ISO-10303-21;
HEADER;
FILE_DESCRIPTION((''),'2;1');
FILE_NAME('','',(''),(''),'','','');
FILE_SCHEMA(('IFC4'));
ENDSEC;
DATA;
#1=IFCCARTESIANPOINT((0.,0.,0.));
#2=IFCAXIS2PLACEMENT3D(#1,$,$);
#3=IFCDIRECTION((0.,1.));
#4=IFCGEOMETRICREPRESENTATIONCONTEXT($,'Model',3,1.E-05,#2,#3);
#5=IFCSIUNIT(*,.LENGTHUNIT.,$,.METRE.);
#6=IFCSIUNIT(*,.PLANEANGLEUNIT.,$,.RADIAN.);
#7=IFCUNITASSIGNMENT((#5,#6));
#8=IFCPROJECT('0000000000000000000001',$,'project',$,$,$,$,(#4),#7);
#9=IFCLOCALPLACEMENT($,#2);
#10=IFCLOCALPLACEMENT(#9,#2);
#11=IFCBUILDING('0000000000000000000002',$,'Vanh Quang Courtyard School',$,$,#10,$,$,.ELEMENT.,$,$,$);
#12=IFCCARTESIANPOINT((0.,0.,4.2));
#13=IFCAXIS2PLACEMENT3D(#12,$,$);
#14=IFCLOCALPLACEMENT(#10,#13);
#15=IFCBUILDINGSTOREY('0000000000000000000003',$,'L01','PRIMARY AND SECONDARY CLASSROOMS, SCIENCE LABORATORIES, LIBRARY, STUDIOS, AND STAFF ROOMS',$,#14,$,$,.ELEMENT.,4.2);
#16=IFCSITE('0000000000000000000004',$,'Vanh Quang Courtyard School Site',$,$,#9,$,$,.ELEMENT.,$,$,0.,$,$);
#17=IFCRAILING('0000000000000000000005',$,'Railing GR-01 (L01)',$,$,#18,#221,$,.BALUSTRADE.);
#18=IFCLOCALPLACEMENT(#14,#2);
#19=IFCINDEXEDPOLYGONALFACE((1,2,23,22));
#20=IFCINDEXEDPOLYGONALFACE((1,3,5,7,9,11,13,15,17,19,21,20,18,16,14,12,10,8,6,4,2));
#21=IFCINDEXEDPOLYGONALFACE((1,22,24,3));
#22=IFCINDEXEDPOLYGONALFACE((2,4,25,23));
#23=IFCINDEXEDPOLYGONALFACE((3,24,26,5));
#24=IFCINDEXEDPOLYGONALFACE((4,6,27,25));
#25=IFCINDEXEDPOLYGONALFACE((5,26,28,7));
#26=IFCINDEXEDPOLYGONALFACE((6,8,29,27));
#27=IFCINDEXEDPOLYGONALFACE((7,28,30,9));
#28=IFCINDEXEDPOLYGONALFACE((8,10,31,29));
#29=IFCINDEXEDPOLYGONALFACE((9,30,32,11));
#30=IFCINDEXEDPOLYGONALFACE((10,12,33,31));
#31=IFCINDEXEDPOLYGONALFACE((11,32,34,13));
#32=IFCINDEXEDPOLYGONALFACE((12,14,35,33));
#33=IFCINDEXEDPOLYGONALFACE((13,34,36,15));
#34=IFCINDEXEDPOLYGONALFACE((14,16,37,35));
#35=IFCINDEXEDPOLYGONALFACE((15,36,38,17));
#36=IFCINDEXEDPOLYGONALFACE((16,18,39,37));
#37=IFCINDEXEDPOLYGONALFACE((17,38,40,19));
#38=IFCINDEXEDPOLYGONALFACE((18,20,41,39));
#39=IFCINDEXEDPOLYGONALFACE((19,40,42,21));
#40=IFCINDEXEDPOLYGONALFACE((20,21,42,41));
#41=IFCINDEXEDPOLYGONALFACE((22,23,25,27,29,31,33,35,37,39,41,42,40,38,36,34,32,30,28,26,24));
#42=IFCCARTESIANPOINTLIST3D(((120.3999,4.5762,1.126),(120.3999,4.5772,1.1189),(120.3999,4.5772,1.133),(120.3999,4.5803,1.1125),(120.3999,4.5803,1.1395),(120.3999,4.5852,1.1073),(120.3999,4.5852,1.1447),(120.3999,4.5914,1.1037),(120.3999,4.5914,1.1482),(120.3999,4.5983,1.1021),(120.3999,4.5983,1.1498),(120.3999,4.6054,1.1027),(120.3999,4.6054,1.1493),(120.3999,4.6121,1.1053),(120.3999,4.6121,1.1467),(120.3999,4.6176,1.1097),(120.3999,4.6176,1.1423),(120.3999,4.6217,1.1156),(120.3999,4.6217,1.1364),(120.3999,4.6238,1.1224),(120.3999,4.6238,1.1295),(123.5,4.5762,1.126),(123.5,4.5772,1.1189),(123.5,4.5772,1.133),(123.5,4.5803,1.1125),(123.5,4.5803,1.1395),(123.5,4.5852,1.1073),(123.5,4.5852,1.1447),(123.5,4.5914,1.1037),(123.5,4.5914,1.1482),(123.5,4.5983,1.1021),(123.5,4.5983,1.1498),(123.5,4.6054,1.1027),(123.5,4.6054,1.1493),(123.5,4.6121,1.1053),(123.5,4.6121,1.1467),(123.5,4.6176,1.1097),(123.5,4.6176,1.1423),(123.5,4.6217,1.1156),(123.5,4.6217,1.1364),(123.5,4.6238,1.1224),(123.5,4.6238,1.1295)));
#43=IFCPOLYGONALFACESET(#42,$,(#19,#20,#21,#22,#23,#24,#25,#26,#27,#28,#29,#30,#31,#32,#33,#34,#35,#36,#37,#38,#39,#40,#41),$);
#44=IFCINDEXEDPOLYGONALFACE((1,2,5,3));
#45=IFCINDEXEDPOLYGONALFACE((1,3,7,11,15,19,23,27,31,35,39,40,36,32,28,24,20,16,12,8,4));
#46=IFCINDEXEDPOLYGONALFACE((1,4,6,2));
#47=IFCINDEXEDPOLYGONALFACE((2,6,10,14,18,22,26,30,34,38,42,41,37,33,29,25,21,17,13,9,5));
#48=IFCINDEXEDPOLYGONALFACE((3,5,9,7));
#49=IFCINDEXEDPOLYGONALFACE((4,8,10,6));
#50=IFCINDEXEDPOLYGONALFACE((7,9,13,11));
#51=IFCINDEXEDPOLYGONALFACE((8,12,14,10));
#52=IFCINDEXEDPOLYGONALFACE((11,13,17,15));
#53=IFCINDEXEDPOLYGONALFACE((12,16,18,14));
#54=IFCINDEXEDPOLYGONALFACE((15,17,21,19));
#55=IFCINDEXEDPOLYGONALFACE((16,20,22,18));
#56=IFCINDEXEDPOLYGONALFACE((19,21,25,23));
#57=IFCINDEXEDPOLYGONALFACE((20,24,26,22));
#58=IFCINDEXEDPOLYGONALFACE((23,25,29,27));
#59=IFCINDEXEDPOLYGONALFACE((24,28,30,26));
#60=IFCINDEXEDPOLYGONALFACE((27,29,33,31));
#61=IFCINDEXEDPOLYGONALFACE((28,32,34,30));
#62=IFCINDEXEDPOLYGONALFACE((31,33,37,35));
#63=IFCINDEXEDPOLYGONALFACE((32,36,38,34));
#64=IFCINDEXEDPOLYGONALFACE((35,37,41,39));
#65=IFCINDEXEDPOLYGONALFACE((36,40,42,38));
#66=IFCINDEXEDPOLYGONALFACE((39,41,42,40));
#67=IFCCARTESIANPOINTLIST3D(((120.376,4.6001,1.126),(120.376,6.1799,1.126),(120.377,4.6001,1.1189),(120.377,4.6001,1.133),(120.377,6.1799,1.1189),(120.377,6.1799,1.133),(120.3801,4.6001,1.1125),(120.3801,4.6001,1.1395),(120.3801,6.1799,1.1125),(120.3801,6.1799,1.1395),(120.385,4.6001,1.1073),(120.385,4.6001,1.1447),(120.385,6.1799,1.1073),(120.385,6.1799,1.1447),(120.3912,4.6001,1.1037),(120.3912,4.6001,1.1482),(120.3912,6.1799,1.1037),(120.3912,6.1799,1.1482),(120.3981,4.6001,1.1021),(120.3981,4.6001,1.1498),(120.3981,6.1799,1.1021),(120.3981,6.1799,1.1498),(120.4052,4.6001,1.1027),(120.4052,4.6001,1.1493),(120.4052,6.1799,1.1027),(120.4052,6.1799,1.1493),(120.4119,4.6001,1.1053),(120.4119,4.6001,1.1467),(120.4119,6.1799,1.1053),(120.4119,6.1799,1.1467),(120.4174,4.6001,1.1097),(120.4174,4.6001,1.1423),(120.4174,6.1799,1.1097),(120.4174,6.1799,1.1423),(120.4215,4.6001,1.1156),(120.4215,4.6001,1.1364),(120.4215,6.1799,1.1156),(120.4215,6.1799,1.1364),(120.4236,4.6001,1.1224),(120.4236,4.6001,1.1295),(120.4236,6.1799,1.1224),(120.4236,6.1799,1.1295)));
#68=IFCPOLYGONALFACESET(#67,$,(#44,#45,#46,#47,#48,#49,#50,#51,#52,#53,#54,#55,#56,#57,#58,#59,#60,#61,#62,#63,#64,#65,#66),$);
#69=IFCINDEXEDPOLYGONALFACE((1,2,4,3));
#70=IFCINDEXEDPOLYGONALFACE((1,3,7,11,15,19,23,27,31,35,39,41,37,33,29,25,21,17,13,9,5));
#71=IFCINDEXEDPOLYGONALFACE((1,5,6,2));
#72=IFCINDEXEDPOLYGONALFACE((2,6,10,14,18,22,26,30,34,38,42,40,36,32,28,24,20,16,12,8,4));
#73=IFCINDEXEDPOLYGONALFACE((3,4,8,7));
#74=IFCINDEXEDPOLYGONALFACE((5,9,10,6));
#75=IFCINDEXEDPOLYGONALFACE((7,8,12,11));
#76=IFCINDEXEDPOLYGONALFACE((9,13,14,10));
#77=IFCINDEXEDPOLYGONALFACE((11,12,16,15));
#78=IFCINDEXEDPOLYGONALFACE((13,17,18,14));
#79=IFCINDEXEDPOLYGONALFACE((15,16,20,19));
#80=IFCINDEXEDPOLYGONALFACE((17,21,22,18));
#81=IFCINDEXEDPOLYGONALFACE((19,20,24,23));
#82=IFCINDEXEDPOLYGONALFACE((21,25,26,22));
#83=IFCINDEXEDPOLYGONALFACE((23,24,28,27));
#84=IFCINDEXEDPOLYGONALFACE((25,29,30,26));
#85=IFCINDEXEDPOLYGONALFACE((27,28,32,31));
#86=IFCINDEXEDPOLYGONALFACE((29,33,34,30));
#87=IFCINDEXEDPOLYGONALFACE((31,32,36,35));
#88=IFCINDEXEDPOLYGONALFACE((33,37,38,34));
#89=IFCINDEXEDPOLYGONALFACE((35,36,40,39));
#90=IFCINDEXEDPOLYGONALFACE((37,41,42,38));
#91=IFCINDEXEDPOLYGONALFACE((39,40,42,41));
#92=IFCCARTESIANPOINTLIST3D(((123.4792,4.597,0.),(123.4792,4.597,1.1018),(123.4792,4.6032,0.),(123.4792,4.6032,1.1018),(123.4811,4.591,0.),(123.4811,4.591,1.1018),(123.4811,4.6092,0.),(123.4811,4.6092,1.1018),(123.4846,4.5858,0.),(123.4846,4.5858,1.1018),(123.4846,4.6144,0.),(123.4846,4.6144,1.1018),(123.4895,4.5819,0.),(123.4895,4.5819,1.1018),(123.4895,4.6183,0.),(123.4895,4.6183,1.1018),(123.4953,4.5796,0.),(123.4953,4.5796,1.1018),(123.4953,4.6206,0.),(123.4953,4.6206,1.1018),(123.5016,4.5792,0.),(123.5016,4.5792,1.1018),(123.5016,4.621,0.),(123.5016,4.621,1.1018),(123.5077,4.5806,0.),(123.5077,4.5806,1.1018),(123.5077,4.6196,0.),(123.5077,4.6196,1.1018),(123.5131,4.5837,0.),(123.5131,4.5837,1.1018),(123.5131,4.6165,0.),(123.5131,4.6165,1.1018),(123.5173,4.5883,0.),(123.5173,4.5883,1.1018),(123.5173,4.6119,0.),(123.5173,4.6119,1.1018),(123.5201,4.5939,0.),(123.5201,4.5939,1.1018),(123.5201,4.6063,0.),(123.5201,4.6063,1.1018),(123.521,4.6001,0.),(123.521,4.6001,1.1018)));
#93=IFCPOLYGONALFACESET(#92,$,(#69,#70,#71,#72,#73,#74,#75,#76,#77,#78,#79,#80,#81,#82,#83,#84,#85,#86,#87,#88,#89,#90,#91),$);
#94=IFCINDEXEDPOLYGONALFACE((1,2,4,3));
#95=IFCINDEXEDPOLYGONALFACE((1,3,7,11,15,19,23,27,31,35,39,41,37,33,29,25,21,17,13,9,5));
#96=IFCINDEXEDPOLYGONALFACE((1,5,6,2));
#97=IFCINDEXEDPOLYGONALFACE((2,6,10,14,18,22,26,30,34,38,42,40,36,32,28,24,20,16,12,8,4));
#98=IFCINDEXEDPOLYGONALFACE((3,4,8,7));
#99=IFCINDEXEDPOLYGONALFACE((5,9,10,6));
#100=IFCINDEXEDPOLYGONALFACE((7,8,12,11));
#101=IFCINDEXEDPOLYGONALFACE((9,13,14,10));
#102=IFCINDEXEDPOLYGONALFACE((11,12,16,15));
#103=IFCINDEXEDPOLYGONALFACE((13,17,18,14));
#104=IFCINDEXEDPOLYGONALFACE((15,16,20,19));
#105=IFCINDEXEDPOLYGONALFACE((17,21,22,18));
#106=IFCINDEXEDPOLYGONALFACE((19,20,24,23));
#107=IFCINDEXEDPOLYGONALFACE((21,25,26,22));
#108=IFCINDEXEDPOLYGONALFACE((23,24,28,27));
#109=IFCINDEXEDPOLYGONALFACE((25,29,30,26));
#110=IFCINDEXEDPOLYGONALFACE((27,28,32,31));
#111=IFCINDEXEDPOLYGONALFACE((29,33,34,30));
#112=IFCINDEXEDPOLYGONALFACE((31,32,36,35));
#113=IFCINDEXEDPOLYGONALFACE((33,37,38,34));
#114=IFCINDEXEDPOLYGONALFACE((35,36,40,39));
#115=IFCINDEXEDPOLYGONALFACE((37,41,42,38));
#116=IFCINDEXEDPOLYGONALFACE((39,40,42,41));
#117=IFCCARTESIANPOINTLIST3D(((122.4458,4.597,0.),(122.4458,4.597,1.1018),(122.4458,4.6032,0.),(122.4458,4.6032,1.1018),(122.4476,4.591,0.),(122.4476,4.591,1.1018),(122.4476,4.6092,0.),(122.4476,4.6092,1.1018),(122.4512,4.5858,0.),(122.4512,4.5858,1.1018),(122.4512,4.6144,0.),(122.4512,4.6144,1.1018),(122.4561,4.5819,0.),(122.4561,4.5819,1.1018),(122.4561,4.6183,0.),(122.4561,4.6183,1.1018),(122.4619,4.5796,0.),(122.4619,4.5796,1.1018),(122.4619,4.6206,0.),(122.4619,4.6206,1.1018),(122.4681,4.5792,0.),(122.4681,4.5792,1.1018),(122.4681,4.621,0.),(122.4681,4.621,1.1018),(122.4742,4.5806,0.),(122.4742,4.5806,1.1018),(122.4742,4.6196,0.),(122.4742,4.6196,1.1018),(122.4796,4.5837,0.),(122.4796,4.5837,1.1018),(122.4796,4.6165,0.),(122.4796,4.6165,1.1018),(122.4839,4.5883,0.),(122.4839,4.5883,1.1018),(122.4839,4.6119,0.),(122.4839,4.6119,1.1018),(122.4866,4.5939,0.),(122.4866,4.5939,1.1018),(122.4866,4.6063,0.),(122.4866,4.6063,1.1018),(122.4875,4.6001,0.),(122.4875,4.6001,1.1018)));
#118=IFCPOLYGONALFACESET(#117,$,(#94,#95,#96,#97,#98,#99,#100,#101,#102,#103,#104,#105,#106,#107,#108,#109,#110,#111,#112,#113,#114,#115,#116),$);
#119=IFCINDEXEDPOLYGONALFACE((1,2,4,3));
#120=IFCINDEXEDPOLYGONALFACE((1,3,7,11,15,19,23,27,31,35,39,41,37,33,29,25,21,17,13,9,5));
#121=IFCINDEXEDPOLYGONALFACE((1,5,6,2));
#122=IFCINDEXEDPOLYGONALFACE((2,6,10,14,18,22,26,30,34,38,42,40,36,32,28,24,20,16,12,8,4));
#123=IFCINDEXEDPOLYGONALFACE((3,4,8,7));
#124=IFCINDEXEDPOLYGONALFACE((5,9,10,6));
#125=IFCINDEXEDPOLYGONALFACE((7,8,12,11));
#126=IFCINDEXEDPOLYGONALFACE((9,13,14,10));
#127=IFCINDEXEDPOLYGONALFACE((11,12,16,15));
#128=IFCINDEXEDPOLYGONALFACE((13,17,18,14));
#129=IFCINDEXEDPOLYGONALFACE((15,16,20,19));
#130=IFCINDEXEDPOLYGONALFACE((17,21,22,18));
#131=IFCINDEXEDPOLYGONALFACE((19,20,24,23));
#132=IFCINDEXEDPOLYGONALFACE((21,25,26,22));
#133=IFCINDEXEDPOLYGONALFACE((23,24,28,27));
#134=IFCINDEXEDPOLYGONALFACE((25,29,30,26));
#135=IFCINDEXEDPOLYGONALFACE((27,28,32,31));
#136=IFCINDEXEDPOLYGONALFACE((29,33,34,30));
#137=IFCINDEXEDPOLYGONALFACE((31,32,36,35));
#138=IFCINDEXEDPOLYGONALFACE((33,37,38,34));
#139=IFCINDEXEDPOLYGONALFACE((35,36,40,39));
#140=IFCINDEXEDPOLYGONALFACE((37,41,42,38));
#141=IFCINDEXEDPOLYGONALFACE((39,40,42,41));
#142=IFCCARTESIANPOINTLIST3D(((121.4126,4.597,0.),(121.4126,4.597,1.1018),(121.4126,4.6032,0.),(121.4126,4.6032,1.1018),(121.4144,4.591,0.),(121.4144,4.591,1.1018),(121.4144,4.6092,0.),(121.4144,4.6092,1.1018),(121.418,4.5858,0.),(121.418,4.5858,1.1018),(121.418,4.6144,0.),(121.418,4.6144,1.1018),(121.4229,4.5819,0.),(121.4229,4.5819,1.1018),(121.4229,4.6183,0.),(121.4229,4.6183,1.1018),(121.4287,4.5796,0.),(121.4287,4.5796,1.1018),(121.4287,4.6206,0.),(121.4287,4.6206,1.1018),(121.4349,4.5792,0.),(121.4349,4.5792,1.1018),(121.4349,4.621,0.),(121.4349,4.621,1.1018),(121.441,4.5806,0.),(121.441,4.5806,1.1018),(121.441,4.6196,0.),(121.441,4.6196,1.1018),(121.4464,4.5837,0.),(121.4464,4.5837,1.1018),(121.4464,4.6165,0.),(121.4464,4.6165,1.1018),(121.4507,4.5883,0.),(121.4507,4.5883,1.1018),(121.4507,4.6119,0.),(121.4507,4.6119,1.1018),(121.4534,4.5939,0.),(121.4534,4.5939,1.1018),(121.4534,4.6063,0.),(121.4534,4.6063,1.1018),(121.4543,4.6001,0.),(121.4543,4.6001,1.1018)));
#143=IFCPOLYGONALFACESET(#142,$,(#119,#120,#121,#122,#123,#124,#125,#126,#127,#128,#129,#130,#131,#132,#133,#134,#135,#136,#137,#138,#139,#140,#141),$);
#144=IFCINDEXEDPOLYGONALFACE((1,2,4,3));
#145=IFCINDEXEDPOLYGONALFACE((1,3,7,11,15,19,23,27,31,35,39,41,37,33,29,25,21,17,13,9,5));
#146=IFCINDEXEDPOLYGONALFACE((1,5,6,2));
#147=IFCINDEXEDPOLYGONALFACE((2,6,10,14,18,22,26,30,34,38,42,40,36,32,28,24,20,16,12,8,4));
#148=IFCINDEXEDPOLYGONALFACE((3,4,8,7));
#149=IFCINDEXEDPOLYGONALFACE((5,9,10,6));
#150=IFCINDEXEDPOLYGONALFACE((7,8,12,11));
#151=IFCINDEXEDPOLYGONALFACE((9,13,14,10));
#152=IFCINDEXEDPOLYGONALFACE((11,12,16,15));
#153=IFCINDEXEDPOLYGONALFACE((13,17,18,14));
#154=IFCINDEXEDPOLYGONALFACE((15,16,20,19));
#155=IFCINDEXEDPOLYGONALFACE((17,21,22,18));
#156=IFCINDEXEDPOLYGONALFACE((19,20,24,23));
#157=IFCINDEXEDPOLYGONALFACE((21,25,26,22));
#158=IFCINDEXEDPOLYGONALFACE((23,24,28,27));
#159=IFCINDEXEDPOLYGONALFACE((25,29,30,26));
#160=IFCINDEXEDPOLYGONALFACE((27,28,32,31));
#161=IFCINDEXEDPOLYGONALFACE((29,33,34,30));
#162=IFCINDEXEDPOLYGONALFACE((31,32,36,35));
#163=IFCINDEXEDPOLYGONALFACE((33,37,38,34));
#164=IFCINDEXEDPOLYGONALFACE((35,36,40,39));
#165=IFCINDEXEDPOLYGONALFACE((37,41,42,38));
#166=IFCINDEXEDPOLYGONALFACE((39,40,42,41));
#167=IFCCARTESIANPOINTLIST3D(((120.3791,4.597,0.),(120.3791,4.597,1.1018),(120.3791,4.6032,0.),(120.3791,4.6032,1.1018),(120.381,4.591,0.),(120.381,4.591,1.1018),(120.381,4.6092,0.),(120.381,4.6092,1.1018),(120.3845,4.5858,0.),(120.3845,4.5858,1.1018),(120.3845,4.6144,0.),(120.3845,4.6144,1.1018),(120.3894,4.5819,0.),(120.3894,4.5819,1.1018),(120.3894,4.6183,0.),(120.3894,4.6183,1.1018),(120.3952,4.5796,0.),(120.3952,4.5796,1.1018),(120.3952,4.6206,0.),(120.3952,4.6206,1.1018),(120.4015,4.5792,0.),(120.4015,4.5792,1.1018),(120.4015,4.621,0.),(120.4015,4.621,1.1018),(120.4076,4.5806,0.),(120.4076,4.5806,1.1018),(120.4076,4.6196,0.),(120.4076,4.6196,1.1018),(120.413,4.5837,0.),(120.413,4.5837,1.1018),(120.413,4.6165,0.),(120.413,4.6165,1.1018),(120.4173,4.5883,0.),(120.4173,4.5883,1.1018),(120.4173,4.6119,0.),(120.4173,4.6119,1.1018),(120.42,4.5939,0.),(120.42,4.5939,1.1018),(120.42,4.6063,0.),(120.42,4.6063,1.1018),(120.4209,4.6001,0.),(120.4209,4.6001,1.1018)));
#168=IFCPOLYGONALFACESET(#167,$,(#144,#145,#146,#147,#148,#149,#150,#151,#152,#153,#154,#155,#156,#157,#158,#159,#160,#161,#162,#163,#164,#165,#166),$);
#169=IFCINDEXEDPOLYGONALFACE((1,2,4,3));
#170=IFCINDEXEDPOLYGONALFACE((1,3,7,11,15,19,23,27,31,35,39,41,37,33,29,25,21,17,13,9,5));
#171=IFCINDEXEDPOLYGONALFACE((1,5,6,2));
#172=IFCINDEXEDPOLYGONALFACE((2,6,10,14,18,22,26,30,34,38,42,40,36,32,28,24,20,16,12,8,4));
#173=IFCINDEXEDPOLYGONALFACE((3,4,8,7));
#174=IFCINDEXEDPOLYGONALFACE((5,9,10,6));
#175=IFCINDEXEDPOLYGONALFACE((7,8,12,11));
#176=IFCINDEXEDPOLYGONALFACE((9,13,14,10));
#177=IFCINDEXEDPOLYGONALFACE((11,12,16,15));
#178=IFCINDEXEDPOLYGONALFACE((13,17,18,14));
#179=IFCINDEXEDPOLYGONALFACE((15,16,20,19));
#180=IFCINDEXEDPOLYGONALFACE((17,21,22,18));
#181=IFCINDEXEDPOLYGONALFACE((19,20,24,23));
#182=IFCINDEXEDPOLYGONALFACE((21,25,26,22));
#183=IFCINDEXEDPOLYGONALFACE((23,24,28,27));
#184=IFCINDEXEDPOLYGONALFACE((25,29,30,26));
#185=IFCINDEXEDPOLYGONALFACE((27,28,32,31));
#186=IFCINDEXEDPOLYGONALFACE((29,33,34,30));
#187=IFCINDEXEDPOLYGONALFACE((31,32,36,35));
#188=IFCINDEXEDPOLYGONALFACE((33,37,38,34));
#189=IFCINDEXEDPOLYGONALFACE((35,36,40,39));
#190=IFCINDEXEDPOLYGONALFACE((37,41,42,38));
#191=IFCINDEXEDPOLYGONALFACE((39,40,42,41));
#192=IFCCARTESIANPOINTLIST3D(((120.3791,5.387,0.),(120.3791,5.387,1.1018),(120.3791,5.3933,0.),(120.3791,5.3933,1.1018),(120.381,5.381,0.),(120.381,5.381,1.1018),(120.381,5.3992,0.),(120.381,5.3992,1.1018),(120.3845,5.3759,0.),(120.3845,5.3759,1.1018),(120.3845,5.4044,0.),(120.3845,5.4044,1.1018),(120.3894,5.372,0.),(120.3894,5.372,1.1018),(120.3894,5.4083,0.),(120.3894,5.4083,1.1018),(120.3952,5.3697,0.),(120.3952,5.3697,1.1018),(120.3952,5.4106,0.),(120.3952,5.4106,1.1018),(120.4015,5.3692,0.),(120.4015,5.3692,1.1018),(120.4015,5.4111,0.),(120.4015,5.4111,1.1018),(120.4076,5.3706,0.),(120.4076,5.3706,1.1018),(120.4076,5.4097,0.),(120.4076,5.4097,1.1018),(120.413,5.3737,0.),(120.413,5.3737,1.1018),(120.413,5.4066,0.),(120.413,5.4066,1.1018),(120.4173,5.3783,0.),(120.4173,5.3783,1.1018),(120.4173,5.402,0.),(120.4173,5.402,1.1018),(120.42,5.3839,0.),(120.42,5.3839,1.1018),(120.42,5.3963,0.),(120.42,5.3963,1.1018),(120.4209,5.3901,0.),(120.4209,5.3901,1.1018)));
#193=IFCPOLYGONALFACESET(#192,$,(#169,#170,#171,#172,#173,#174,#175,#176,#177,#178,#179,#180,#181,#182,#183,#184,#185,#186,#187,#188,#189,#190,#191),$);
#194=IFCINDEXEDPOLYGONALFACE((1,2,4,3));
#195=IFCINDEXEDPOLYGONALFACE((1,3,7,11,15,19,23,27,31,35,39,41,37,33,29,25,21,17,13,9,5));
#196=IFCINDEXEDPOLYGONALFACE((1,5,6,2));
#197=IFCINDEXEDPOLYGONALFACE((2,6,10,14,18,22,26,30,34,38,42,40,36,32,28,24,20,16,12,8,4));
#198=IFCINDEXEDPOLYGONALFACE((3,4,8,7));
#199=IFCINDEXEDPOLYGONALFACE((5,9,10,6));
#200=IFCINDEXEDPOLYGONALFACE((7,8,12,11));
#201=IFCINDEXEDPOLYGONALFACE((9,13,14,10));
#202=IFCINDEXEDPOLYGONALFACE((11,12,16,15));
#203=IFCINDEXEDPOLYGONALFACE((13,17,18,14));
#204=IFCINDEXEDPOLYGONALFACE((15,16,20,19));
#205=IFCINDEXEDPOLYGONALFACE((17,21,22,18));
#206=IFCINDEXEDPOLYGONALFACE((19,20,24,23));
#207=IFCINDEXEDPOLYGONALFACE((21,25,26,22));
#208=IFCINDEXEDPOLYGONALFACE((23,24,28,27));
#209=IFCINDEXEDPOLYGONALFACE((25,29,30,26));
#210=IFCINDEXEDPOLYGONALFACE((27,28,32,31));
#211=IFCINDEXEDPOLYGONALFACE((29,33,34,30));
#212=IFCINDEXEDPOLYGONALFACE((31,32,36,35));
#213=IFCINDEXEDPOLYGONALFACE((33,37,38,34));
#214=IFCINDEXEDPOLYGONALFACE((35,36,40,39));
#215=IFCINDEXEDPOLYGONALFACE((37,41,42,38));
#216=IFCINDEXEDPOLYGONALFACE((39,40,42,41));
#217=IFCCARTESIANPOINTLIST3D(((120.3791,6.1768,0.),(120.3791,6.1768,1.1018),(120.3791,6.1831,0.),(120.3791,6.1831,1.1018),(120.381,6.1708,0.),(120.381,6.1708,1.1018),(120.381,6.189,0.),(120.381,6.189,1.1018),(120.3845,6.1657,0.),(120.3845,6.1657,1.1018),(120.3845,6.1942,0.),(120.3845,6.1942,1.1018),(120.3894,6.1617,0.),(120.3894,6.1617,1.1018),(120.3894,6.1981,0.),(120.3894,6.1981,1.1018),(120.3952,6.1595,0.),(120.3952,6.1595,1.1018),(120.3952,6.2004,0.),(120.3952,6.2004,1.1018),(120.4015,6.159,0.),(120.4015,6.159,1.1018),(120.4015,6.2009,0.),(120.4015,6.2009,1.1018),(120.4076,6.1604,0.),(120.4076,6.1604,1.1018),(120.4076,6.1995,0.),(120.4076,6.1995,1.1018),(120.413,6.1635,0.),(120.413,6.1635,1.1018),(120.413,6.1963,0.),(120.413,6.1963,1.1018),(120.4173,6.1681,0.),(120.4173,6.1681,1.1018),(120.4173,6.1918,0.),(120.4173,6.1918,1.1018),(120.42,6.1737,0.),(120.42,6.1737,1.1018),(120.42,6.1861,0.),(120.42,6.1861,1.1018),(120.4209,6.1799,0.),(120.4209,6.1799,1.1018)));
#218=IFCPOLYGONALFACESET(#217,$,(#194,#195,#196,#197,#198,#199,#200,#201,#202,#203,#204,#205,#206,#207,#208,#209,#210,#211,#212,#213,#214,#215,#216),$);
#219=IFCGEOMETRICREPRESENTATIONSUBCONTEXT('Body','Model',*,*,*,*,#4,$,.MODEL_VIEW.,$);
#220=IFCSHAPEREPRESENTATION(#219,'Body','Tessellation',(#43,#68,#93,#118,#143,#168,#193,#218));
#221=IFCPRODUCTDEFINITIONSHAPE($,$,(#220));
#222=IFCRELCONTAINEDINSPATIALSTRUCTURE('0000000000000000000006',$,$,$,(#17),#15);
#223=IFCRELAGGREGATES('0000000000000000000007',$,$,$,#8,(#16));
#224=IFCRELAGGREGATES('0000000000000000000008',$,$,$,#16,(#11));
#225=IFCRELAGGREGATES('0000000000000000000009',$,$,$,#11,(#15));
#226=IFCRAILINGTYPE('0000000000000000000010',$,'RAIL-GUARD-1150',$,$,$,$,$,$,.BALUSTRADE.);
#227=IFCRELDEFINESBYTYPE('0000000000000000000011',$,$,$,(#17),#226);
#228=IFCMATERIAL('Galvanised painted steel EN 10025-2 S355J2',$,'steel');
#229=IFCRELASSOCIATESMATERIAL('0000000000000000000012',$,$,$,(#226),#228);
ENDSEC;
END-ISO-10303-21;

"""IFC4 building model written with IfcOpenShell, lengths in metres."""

from ifc_helpers import new_model, si_unit, direction, frame, origin, origin_2d, place, context, subcontext, project, spatial, circle, extrude, material, type_object, element, save


model = new_model("IFC4")

# Units and contexts
model_context = context("Model", 3, precision=1e-05, world=origin(), true_north=direction((0.0, 1.0)))
body_context = subcontext(model_context, "Body", "Model", "MODEL_VIEW")
ifc_project = project(units=[si_unit("LENGTHUNIT", "METRE"), si_unit("PLANEANGLEUNIT", "RADIAN")], contexts=[model_context])

# Site, building, storey
site_placement = place(None, origin())
site = spatial("IfcSite", under=ifc_project, at=site_placement, Name="Vanh Quang Courtyard School Site", CompositionType="ELEMENT", RefElevation=0.0)
building_placement = place(site_placement, origin())
building = spatial("IfcBuilding", under=site, at=building_placement, Name="Vanh Quang Courtyard School", CompositionType="ELEMENT")
storey_placement = place(building_placement, frame((0.0, 0.0, 4.2)))
storey = spatial("IfcBuildingStorey", under=building, at=storey_placement, Name="L01", Description="PRIMARY AND SECONDARY CLASSROOMS, SCIENCE LABORATORIES, LIBRARY, STUDIOS, AND STAFF ROOMS", CompositionType="ELEMENT", Elevation=4.2)

# Railing
ifc_material_1 = material(Name="Galvanised painted steel EN 10025-2 S355J2", Category="steel")
railing_type = type_object("IfcRailingType", Name="RAIL-GUARD-1150", PredefinedType="BALUSTRADE", material=ifc_material_1)
railing_1_placement = place(storey_placement, frame((123.5, 4.6001, 0.0)))
element("IfcRailing", 1, at=railing_1_placement, inside=storey, type_object=railing_type, Name="Railing GR-01 (L01)", PredefinedType="BALUSTRADE", context=body_context, shape_type="SweptSolid", body=[
    extrude(circle(Radius=0.0239, at=origin_2d()), frame((0.0, 0.0, 1.126), z_axis=(-1.0, 0.0, 0.0), x_axis=(0.0, -1.0, 0.0)), (0.0, 0.0, 1.0), 3.1001),
    extrude(circle(Radius=0.0239, at=origin_2d()), frame((-3.1001, 0.0, 1.126), z_axis=(0.0, 1.0, 0.0), x_axis=(-1.0, 0.0, 0.0)), (0.0, 0.0, 1.0), 1.5798),
    extrude(circle(Radius=0.021, at=origin_2d()), origin(), (0.0, 0.0, 1.0), 1.1018),
    extrude(circle(Radius=0.021, at=origin_2d()), frame((-1.0334, 0.0, 0.0)), (0.0, 0.0, 1.0), 1.1018),
    extrude(circle(Radius=0.021, at=origin_2d()), frame((-2.0667, 0.0, 0.0)), (0.0, 0.0, 1.0), 1.1018),
    extrude(circle(Radius=0.021, at=origin_2d()), frame((-3.1001, 0.0, 0.0)), (0.0, 0.0, 1.0), 1.1018),
    extrude(circle(Radius=0.021, at=origin_2d()), frame((-3.1001, 0.79, 0.0)), (0.0, 0.0, 1.0), 1.1018),
    extrude(circle(Radius=0.021, at=origin_2d()), frame((-3.1001, 1.5798, 0.0)), (0.0, 0.0, 1.0), 1.1018),
])

save(model, "model.ifc")
